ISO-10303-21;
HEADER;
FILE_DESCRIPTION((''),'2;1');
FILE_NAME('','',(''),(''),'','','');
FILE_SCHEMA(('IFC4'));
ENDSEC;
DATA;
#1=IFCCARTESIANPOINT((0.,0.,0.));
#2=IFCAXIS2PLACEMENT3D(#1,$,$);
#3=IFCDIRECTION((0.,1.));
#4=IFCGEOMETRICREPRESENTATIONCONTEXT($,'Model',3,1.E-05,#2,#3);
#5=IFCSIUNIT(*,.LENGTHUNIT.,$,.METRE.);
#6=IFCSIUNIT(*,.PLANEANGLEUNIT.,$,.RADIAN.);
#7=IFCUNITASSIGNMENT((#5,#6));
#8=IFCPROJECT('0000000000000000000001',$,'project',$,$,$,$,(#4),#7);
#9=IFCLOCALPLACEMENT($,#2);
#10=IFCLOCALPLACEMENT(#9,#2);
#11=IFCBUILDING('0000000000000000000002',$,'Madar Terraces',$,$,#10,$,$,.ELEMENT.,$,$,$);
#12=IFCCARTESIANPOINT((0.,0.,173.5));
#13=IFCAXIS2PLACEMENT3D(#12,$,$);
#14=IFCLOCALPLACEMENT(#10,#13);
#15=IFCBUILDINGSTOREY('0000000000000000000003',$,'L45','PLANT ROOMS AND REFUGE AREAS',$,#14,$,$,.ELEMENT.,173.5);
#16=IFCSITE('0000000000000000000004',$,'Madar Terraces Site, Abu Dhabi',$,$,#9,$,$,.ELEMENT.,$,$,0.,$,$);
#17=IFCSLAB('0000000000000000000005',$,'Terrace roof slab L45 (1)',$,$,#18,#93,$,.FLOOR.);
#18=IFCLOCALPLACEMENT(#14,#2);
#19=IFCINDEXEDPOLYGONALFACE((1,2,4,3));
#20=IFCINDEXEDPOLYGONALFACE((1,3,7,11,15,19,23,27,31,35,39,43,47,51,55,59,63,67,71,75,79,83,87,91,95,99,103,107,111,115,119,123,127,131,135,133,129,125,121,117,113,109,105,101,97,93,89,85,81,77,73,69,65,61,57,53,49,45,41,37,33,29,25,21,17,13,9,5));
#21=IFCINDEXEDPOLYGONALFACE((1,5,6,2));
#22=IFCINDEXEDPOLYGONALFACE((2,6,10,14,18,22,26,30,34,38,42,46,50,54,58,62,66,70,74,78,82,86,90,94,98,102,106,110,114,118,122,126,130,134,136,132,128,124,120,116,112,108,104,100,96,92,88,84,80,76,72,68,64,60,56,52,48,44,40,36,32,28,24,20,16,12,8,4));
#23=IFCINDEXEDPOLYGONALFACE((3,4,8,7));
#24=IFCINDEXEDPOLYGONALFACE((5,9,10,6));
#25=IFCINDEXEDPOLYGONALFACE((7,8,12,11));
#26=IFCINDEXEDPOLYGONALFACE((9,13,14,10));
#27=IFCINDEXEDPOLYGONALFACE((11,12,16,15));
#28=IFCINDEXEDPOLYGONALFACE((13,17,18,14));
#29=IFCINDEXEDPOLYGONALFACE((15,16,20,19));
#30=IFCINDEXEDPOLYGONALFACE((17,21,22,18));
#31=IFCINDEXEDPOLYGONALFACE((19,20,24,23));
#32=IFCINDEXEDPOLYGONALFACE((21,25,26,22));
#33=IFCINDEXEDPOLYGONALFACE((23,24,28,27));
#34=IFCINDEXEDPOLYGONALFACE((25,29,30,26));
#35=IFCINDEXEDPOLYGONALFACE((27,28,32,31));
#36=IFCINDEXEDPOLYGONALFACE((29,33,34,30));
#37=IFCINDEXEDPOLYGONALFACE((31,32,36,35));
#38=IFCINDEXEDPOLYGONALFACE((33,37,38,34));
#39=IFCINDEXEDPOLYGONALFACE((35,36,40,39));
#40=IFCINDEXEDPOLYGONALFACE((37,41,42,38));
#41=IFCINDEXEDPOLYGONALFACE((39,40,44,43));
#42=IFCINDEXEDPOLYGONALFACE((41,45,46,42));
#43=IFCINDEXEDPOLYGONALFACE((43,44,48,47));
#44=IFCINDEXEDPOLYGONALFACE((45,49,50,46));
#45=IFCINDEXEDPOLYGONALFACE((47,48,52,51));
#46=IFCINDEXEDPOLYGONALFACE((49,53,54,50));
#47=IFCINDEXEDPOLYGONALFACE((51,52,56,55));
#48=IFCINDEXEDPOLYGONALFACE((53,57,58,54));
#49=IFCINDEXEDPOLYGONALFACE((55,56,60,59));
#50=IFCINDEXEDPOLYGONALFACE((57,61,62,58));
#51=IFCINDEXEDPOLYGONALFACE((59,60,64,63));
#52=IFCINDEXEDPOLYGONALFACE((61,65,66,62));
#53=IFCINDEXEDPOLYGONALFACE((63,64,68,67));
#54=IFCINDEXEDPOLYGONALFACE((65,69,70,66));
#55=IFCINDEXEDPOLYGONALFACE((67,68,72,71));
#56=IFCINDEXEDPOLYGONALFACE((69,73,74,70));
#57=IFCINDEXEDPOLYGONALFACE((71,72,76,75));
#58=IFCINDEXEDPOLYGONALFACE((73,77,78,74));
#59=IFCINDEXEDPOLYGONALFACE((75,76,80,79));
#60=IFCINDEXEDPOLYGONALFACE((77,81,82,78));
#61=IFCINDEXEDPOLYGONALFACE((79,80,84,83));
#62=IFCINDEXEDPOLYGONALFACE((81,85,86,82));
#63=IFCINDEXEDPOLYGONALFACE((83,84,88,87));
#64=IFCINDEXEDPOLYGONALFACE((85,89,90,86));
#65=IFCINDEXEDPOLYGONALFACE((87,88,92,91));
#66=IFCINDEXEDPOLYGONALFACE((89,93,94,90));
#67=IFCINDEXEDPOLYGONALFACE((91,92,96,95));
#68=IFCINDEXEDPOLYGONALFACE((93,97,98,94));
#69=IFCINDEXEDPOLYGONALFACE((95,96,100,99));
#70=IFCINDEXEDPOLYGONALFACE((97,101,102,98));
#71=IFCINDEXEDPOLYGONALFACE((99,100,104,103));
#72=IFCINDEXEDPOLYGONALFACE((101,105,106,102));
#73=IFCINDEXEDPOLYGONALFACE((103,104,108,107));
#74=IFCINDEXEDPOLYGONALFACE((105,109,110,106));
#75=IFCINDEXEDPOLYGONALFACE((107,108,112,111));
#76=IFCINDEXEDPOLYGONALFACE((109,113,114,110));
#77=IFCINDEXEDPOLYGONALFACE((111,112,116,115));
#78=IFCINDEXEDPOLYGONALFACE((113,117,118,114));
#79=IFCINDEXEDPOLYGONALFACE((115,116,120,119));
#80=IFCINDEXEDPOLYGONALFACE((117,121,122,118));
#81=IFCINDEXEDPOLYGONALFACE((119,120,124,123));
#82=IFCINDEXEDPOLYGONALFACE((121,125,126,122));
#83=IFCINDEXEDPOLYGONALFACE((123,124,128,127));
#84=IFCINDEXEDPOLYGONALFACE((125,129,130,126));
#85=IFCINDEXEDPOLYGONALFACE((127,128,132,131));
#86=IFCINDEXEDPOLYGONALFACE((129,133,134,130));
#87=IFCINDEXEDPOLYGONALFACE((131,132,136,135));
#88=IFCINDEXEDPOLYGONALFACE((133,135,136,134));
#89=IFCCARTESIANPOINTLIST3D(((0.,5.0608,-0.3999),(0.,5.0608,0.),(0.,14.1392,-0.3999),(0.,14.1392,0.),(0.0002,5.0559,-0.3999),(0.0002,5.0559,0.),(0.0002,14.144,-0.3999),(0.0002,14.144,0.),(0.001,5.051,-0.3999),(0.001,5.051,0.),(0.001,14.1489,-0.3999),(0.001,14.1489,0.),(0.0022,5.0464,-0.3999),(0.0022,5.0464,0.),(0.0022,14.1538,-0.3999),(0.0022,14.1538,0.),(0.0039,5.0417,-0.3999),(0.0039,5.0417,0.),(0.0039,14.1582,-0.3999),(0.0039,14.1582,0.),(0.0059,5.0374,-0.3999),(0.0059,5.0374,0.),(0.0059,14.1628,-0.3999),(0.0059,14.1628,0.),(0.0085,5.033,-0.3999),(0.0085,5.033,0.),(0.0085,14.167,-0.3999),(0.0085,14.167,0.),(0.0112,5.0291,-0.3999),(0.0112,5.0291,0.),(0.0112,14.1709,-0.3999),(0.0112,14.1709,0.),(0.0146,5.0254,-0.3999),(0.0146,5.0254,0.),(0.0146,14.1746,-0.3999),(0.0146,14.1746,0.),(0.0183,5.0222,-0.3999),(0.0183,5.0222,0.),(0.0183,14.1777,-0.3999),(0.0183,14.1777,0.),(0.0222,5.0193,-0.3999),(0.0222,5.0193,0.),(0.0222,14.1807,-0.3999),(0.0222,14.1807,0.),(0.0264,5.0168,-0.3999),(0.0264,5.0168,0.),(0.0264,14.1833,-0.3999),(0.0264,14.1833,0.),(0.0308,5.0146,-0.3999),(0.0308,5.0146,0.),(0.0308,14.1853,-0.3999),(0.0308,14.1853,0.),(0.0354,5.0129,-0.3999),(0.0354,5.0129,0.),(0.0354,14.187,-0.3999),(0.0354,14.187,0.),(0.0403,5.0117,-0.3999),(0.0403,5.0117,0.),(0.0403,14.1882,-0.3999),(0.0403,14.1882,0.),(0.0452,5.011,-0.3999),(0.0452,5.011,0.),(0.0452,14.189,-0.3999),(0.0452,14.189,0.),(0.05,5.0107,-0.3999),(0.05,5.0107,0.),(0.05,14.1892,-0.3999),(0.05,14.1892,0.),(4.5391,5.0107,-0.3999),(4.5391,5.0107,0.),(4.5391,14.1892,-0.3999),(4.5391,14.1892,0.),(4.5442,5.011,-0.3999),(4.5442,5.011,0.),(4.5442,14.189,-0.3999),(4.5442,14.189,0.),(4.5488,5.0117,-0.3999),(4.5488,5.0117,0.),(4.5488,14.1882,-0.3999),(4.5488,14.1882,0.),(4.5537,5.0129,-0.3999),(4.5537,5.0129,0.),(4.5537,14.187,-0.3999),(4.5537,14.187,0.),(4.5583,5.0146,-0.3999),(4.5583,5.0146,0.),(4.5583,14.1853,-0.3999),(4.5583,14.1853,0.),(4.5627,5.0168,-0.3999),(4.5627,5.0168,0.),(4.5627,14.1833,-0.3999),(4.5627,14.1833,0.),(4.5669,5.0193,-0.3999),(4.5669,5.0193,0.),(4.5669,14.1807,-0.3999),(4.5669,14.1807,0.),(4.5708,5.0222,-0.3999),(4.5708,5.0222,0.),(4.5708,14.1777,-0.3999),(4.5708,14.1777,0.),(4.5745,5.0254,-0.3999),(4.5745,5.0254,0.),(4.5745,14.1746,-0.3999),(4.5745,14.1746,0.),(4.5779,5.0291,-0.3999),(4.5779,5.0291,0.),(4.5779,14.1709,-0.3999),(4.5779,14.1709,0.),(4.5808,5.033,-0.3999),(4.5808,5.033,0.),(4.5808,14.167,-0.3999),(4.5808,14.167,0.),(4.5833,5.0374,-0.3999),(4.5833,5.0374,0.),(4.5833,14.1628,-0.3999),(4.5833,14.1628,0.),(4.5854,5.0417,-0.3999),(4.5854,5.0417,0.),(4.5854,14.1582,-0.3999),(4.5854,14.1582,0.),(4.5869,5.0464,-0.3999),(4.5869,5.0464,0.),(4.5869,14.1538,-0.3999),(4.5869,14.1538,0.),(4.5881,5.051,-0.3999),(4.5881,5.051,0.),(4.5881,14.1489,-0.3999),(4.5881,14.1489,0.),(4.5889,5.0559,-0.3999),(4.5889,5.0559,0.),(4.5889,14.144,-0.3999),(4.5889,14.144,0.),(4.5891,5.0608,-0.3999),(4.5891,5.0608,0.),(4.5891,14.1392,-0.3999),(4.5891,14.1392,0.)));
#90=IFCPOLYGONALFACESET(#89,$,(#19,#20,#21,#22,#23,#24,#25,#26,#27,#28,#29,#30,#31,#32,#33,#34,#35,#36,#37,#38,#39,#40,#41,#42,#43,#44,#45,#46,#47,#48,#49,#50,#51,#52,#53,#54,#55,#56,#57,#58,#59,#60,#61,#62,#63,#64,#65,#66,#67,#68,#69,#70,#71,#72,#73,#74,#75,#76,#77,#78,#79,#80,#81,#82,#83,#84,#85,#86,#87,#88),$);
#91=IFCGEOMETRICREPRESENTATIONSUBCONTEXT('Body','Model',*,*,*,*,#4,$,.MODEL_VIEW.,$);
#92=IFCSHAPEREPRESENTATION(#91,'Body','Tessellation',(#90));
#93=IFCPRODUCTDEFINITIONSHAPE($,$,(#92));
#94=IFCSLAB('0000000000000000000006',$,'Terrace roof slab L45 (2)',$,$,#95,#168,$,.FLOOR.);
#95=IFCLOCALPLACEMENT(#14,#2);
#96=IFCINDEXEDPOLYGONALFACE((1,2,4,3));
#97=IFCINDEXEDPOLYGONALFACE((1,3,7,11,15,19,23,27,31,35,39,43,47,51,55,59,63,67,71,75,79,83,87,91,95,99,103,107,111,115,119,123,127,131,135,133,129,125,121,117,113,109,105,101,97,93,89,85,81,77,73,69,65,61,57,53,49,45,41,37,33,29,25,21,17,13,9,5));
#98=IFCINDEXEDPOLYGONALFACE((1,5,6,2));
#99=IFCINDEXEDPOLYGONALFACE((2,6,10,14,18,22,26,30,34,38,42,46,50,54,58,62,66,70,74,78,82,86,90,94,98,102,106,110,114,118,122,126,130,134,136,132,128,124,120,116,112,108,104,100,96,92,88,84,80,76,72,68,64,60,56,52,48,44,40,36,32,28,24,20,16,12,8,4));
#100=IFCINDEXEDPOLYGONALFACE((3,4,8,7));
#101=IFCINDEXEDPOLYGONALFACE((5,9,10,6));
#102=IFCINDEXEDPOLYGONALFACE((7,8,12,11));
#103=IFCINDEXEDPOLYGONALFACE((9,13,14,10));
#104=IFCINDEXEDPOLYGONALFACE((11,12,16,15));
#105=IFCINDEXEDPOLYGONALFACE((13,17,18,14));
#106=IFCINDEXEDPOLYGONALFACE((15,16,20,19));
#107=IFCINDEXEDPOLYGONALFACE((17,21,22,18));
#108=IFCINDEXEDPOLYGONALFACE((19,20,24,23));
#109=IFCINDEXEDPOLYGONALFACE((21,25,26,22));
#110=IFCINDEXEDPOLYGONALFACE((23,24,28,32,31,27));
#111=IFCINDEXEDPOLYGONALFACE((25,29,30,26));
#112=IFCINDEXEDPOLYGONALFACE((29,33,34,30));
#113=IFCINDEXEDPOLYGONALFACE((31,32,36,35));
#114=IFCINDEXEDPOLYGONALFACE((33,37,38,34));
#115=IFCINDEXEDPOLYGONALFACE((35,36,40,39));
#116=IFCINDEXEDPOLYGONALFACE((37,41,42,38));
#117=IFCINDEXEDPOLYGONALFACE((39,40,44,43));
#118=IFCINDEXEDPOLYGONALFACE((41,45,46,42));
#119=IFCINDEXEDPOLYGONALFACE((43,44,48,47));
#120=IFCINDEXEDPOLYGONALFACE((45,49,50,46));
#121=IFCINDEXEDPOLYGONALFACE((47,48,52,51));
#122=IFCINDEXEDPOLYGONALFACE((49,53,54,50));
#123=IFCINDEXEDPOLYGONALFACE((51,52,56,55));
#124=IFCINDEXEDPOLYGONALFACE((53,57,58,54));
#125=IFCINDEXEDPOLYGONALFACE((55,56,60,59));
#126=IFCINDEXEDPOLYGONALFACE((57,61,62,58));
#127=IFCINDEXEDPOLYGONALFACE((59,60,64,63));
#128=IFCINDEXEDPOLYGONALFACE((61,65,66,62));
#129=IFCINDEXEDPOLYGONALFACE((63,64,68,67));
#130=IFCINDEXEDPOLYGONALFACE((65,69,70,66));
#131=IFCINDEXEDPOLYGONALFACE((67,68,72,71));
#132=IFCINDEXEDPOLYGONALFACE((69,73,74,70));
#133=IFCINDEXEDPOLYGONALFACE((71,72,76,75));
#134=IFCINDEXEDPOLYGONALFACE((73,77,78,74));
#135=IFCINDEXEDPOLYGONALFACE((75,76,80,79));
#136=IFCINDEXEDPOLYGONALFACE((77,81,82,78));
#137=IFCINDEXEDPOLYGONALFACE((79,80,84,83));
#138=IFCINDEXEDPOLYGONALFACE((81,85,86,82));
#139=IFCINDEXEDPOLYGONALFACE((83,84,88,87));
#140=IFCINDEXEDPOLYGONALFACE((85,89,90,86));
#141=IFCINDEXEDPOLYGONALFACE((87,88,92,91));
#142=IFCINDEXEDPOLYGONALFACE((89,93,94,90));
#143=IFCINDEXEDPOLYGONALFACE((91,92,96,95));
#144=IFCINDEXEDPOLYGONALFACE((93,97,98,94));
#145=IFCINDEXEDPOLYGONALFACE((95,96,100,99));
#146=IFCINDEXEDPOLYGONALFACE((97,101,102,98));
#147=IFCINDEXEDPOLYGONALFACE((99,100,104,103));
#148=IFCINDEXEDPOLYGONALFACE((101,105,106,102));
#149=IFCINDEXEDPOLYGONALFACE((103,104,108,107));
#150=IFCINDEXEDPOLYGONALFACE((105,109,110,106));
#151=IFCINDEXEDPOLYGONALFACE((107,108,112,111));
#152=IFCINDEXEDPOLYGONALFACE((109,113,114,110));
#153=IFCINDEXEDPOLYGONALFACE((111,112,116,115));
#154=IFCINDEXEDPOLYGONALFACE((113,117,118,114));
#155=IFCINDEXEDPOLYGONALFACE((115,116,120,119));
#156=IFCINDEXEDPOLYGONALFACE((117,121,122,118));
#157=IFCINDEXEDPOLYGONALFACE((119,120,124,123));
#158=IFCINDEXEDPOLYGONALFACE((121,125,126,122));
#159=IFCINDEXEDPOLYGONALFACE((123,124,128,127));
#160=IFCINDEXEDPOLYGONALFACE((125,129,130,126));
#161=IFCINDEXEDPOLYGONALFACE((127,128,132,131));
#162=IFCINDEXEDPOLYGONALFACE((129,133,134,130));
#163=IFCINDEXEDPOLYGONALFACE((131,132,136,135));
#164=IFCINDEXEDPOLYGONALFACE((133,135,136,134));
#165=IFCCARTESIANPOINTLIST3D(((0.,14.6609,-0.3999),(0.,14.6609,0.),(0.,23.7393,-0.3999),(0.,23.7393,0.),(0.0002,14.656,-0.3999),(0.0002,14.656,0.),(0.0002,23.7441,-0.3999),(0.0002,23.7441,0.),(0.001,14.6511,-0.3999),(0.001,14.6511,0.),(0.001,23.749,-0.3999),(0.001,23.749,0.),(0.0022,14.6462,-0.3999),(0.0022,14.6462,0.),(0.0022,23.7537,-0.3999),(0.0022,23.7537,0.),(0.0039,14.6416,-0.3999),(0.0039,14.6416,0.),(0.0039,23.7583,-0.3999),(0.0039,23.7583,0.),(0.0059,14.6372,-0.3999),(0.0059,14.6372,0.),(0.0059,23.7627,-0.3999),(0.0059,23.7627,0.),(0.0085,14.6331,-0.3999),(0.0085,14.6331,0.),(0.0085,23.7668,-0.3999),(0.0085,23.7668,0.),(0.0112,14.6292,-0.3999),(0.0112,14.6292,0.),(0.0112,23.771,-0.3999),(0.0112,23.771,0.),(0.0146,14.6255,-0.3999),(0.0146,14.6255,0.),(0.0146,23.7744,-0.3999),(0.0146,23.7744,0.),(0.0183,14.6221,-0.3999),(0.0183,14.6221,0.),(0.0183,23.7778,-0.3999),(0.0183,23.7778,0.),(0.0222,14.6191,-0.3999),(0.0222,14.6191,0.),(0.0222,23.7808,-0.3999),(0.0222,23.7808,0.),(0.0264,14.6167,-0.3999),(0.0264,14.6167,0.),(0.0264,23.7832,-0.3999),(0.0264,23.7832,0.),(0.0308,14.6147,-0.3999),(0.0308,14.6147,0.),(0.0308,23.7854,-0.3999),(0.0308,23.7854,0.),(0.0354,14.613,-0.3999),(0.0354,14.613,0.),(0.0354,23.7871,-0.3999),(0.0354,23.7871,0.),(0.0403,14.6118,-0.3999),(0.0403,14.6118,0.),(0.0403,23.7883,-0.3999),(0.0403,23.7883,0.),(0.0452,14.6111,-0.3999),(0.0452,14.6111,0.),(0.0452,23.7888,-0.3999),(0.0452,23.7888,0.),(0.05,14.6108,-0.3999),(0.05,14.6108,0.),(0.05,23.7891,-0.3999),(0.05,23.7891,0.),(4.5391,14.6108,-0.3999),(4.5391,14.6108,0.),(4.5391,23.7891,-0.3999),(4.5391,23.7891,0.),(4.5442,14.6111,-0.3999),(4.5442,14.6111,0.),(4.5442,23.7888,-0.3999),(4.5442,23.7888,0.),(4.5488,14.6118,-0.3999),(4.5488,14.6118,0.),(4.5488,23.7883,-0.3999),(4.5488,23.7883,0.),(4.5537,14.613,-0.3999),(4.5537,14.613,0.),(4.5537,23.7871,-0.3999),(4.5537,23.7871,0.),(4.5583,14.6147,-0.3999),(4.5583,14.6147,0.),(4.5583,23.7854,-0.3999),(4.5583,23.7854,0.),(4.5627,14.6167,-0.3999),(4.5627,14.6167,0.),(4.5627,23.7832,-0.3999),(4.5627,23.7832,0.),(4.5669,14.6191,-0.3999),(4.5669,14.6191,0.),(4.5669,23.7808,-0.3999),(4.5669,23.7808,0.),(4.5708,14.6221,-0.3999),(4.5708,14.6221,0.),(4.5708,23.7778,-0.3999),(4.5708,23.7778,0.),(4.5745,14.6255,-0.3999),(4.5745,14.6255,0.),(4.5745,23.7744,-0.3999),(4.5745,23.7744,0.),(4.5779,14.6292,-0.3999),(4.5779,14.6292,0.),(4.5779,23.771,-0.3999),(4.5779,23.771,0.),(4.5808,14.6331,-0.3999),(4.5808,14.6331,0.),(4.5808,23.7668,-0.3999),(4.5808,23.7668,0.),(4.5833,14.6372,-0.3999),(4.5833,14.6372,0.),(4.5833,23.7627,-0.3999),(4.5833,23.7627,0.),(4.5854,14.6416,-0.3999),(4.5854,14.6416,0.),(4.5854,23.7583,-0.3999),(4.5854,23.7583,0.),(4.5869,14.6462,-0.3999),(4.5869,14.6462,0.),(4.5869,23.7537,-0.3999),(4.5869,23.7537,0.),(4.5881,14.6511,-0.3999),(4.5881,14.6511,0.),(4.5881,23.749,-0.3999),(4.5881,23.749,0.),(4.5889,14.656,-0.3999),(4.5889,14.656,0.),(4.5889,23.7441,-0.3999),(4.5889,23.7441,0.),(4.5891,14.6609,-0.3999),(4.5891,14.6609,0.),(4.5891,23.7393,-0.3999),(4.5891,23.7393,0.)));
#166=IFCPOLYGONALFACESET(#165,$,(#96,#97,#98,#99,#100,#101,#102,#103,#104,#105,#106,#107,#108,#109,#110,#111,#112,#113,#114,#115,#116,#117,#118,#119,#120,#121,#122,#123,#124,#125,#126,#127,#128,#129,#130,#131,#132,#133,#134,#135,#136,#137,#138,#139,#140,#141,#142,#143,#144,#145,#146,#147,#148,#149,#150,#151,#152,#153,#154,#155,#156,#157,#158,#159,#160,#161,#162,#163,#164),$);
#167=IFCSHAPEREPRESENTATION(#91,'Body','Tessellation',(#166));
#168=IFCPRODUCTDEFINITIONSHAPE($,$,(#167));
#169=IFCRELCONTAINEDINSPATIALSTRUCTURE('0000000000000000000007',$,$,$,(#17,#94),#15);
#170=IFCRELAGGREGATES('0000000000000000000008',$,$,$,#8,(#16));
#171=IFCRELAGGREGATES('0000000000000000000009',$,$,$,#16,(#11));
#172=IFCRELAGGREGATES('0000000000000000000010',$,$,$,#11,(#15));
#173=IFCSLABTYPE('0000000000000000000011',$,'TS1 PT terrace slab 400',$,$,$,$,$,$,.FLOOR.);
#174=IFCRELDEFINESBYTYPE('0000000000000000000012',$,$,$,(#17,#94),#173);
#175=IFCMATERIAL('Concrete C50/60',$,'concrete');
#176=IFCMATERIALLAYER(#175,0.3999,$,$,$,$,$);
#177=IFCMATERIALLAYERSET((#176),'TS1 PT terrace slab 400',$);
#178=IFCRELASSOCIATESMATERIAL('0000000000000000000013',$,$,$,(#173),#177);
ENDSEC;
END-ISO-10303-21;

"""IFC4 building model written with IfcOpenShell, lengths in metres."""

from ifc_helpers import new_model, si_unit, direction, frame, origin, place, context, subcontext, project, spatial, polyline, outline, extrude, material, layer, layer_set, type_object, element, save


model = new_model("IFC4")

# Units and contexts
model_context = context("Model", 3, precision=1e-05, world=origin(), true_north=direction((0.0, 1.0)))
body_context = subcontext(model_context, "Body", "Model", "MODEL_VIEW")
ifc_project = project(units=[si_unit("LENGTHUNIT", "METRE"), si_unit("PLANEANGLEUNIT", "RADIAN")], contexts=[model_context])

# Site, building, storey
site_placement = place(None, origin())
site = spatial("IfcSite", under=ifc_project, at=site_placement, Name="Madar Terraces Site, Abu Dhabi", CompositionType="ELEMENT", RefElevation=0.0)
building_placement = place(site_placement, origin())
building = spatial("IfcBuilding", under=site, at=building_placement, Name="Madar Terraces", CompositionType="ELEMENT")
storey_placement = place(building_placement, frame((0.0, 0.0, 173.5)))
storey = spatial("IfcBuildingStorey", under=building, at=storey_placement, Name="L45", Description="PLANT ROOMS AND REFUGE AREAS", CompositionType="ELEMENT", Elevation=173.5)

# Slabs
ifc_material_1 = material(Name="Concrete C50/60", Category="concrete")
ifc_layer_1 = layer(ifc_material_1, 0.3999)
ifc_layer_set_1 = layer_set([ifc_layer_1], Name="TS1 PT terrace slab 400")
slab_type_1 = type_object("IfcSlabType", Name="TS1 PT terrace slab 400", PredefinedType="FLOOR", material=ifc_layer_set_1)
slab_1_placement = place(storey_placement, frame((0.0, 0.0, -0.3999)))
element("IfcSlab", 1, at=slab_1_placement, inside=storey, type_object=slab_type_1, Name="Terrace roof slab L45 (1)", PredefinedType="FLOOR", context=body_context, shape_type="SweptSolid", body=[
    extrude(outline(polyline([(0.001, 14.1489), (0.0002, 14.144), (0.0, 14.1392), (0.0, 5.0608), (0.0002, 5.0559), (0.001, 5.051), (0.0022, 5.0464), (0.0039, 5.0417), (0.0059, 5.0374), (0.0085, 5.033), (0.0112, 5.0291), (0.0146, 5.0254), (0.0183, 5.0222), (0.0222, 5.0193), (0.0264, 5.0168), (0.0308, 5.0146), (0.0354, 5.0129), (0.0403, 5.0117), (0.0452, 5.011), (0.05, 5.0107), (4.5391, 5.0107), (4.5442, 5.011), (4.5488, 5.0117), (4.5537, 5.0129), (4.5583, 5.0146), (4.5627, 5.0168), (4.5669, 5.0193), (4.5708, 5.0222), (4.5745, 5.0254), (4.5779, 5.0291), (4.5808, 5.033), (4.5833, 5.0374), (4.5854, 5.0417), (4.5869, 5.0464), (4.5881, 5.051), (4.5889, 5.0559), (4.5891, 5.0608), (4.5891, 14.1392), (4.5889, 14.144), (4.5881, 14.1489), (4.5869, 14.1538), (4.5854, 14.1582), (4.5833, 14.1628), (4.5808, 14.167), (4.5779, 14.1709), (4.5745, 14.1746), (4.5708, 14.1777), (4.5669, 14.1807), (4.5627, 14.1833), (4.5583, 14.1853), (4.5537, 14.187), (4.5488, 14.1882), (4.5442, 14.189), (4.5391, 14.1892), (0.05, 14.1892), (0.0452, 14.189), (0.0403, 14.1882), (0.0354, 14.187), (0.0308, 14.1853), (0.0264, 14.1833), (0.0222, 14.1807), (0.0183, 14.1777), (0.0146, 14.1746), (0.0112, 14.1709), (0.0085, 14.167), (0.0059, 14.1628), (0.0039, 14.1582), (0.0022, 14.1538), (0.001, 14.1489)])), origin(), (0.0, 0.0, 1.0), 0.3999),
])
slab_2_placement = place(storey_placement, frame((0.0, 0.0, -0.3999)))
element("IfcSlab", 2, at=slab_2_placement, inside=storey, type_object=slab_type_1, Name="Terrace roof slab L45 (2)", PredefinedType="FLOOR", context=body_context, shape_type="SweptSolid", body=[
    extrude(outline(polyline([(0.001, 23.749), (0.0002, 23.7441), (0.0, 23.7393), (0.0, 14.6609), (0.0002, 14.656), (0.001, 14.6511), (0.0022, 14.6462), (0.0039, 14.6416), (0.0059, 14.6372), (0.0085, 14.6331), (0.0112, 14.6292), (0.0146, 14.6255), (0.0183, 14.6221), (0.0222, 14.6191), (0.0264, 14.6167), (0.0308, 14.6147), (0.0354, 14.613), (0.0403, 14.6118), (0.0452, 14.6111), (0.05, 14.6108), (4.5391, 14.6108), (4.5442, 14.6111), (4.5488, 14.6118), (4.5537, 14.613), (4.5583, 14.6147), (4.5627, 14.6167), (4.5669, 14.6191), (4.5708, 14.6221), (4.5745, 14.6255), (4.5779, 14.6292), (4.5808, 14.6331), (4.5833, 14.6372), (4.5854, 14.6416), (4.5869, 14.6462), (4.5881, 14.6511), (4.5889, 14.656), (4.5891, 14.6609), (4.5891, 23.7393), (4.5889, 23.7441), (4.5881, 23.749), (4.5869, 23.7537), (4.5854, 23.7583), (4.5833, 23.7627), (4.5808, 23.7668), (4.5779, 23.771), (4.5745, 23.7744), (4.5708, 23.7778), (4.5669, 23.7808), (4.5627, 23.7832), (4.5583, 23.7854), (4.5537, 23.7871), (4.5488, 23.7883), (4.5442, 23.7888), (4.5391, 23.7891), (0.05, 23.7891), (0.0452, 23.7888), (0.0403, 23.7883), (0.0354, 23.7871), (0.0308, 23.7854), (0.0264, 23.7832), (0.0222, 23.7808), (0.0183, 23.7778), (0.0146, 23.7744), (0.0112, 23.771), (0.0085, 23.7668), (0.0059, 23.7627), (0.0039, 23.7583), (0.0022, 23.7537), (0.001, 23.749)])), origin(), (0.0, 0.0, 1.0), 0.3999),
])

save(model, "model.ifc")
